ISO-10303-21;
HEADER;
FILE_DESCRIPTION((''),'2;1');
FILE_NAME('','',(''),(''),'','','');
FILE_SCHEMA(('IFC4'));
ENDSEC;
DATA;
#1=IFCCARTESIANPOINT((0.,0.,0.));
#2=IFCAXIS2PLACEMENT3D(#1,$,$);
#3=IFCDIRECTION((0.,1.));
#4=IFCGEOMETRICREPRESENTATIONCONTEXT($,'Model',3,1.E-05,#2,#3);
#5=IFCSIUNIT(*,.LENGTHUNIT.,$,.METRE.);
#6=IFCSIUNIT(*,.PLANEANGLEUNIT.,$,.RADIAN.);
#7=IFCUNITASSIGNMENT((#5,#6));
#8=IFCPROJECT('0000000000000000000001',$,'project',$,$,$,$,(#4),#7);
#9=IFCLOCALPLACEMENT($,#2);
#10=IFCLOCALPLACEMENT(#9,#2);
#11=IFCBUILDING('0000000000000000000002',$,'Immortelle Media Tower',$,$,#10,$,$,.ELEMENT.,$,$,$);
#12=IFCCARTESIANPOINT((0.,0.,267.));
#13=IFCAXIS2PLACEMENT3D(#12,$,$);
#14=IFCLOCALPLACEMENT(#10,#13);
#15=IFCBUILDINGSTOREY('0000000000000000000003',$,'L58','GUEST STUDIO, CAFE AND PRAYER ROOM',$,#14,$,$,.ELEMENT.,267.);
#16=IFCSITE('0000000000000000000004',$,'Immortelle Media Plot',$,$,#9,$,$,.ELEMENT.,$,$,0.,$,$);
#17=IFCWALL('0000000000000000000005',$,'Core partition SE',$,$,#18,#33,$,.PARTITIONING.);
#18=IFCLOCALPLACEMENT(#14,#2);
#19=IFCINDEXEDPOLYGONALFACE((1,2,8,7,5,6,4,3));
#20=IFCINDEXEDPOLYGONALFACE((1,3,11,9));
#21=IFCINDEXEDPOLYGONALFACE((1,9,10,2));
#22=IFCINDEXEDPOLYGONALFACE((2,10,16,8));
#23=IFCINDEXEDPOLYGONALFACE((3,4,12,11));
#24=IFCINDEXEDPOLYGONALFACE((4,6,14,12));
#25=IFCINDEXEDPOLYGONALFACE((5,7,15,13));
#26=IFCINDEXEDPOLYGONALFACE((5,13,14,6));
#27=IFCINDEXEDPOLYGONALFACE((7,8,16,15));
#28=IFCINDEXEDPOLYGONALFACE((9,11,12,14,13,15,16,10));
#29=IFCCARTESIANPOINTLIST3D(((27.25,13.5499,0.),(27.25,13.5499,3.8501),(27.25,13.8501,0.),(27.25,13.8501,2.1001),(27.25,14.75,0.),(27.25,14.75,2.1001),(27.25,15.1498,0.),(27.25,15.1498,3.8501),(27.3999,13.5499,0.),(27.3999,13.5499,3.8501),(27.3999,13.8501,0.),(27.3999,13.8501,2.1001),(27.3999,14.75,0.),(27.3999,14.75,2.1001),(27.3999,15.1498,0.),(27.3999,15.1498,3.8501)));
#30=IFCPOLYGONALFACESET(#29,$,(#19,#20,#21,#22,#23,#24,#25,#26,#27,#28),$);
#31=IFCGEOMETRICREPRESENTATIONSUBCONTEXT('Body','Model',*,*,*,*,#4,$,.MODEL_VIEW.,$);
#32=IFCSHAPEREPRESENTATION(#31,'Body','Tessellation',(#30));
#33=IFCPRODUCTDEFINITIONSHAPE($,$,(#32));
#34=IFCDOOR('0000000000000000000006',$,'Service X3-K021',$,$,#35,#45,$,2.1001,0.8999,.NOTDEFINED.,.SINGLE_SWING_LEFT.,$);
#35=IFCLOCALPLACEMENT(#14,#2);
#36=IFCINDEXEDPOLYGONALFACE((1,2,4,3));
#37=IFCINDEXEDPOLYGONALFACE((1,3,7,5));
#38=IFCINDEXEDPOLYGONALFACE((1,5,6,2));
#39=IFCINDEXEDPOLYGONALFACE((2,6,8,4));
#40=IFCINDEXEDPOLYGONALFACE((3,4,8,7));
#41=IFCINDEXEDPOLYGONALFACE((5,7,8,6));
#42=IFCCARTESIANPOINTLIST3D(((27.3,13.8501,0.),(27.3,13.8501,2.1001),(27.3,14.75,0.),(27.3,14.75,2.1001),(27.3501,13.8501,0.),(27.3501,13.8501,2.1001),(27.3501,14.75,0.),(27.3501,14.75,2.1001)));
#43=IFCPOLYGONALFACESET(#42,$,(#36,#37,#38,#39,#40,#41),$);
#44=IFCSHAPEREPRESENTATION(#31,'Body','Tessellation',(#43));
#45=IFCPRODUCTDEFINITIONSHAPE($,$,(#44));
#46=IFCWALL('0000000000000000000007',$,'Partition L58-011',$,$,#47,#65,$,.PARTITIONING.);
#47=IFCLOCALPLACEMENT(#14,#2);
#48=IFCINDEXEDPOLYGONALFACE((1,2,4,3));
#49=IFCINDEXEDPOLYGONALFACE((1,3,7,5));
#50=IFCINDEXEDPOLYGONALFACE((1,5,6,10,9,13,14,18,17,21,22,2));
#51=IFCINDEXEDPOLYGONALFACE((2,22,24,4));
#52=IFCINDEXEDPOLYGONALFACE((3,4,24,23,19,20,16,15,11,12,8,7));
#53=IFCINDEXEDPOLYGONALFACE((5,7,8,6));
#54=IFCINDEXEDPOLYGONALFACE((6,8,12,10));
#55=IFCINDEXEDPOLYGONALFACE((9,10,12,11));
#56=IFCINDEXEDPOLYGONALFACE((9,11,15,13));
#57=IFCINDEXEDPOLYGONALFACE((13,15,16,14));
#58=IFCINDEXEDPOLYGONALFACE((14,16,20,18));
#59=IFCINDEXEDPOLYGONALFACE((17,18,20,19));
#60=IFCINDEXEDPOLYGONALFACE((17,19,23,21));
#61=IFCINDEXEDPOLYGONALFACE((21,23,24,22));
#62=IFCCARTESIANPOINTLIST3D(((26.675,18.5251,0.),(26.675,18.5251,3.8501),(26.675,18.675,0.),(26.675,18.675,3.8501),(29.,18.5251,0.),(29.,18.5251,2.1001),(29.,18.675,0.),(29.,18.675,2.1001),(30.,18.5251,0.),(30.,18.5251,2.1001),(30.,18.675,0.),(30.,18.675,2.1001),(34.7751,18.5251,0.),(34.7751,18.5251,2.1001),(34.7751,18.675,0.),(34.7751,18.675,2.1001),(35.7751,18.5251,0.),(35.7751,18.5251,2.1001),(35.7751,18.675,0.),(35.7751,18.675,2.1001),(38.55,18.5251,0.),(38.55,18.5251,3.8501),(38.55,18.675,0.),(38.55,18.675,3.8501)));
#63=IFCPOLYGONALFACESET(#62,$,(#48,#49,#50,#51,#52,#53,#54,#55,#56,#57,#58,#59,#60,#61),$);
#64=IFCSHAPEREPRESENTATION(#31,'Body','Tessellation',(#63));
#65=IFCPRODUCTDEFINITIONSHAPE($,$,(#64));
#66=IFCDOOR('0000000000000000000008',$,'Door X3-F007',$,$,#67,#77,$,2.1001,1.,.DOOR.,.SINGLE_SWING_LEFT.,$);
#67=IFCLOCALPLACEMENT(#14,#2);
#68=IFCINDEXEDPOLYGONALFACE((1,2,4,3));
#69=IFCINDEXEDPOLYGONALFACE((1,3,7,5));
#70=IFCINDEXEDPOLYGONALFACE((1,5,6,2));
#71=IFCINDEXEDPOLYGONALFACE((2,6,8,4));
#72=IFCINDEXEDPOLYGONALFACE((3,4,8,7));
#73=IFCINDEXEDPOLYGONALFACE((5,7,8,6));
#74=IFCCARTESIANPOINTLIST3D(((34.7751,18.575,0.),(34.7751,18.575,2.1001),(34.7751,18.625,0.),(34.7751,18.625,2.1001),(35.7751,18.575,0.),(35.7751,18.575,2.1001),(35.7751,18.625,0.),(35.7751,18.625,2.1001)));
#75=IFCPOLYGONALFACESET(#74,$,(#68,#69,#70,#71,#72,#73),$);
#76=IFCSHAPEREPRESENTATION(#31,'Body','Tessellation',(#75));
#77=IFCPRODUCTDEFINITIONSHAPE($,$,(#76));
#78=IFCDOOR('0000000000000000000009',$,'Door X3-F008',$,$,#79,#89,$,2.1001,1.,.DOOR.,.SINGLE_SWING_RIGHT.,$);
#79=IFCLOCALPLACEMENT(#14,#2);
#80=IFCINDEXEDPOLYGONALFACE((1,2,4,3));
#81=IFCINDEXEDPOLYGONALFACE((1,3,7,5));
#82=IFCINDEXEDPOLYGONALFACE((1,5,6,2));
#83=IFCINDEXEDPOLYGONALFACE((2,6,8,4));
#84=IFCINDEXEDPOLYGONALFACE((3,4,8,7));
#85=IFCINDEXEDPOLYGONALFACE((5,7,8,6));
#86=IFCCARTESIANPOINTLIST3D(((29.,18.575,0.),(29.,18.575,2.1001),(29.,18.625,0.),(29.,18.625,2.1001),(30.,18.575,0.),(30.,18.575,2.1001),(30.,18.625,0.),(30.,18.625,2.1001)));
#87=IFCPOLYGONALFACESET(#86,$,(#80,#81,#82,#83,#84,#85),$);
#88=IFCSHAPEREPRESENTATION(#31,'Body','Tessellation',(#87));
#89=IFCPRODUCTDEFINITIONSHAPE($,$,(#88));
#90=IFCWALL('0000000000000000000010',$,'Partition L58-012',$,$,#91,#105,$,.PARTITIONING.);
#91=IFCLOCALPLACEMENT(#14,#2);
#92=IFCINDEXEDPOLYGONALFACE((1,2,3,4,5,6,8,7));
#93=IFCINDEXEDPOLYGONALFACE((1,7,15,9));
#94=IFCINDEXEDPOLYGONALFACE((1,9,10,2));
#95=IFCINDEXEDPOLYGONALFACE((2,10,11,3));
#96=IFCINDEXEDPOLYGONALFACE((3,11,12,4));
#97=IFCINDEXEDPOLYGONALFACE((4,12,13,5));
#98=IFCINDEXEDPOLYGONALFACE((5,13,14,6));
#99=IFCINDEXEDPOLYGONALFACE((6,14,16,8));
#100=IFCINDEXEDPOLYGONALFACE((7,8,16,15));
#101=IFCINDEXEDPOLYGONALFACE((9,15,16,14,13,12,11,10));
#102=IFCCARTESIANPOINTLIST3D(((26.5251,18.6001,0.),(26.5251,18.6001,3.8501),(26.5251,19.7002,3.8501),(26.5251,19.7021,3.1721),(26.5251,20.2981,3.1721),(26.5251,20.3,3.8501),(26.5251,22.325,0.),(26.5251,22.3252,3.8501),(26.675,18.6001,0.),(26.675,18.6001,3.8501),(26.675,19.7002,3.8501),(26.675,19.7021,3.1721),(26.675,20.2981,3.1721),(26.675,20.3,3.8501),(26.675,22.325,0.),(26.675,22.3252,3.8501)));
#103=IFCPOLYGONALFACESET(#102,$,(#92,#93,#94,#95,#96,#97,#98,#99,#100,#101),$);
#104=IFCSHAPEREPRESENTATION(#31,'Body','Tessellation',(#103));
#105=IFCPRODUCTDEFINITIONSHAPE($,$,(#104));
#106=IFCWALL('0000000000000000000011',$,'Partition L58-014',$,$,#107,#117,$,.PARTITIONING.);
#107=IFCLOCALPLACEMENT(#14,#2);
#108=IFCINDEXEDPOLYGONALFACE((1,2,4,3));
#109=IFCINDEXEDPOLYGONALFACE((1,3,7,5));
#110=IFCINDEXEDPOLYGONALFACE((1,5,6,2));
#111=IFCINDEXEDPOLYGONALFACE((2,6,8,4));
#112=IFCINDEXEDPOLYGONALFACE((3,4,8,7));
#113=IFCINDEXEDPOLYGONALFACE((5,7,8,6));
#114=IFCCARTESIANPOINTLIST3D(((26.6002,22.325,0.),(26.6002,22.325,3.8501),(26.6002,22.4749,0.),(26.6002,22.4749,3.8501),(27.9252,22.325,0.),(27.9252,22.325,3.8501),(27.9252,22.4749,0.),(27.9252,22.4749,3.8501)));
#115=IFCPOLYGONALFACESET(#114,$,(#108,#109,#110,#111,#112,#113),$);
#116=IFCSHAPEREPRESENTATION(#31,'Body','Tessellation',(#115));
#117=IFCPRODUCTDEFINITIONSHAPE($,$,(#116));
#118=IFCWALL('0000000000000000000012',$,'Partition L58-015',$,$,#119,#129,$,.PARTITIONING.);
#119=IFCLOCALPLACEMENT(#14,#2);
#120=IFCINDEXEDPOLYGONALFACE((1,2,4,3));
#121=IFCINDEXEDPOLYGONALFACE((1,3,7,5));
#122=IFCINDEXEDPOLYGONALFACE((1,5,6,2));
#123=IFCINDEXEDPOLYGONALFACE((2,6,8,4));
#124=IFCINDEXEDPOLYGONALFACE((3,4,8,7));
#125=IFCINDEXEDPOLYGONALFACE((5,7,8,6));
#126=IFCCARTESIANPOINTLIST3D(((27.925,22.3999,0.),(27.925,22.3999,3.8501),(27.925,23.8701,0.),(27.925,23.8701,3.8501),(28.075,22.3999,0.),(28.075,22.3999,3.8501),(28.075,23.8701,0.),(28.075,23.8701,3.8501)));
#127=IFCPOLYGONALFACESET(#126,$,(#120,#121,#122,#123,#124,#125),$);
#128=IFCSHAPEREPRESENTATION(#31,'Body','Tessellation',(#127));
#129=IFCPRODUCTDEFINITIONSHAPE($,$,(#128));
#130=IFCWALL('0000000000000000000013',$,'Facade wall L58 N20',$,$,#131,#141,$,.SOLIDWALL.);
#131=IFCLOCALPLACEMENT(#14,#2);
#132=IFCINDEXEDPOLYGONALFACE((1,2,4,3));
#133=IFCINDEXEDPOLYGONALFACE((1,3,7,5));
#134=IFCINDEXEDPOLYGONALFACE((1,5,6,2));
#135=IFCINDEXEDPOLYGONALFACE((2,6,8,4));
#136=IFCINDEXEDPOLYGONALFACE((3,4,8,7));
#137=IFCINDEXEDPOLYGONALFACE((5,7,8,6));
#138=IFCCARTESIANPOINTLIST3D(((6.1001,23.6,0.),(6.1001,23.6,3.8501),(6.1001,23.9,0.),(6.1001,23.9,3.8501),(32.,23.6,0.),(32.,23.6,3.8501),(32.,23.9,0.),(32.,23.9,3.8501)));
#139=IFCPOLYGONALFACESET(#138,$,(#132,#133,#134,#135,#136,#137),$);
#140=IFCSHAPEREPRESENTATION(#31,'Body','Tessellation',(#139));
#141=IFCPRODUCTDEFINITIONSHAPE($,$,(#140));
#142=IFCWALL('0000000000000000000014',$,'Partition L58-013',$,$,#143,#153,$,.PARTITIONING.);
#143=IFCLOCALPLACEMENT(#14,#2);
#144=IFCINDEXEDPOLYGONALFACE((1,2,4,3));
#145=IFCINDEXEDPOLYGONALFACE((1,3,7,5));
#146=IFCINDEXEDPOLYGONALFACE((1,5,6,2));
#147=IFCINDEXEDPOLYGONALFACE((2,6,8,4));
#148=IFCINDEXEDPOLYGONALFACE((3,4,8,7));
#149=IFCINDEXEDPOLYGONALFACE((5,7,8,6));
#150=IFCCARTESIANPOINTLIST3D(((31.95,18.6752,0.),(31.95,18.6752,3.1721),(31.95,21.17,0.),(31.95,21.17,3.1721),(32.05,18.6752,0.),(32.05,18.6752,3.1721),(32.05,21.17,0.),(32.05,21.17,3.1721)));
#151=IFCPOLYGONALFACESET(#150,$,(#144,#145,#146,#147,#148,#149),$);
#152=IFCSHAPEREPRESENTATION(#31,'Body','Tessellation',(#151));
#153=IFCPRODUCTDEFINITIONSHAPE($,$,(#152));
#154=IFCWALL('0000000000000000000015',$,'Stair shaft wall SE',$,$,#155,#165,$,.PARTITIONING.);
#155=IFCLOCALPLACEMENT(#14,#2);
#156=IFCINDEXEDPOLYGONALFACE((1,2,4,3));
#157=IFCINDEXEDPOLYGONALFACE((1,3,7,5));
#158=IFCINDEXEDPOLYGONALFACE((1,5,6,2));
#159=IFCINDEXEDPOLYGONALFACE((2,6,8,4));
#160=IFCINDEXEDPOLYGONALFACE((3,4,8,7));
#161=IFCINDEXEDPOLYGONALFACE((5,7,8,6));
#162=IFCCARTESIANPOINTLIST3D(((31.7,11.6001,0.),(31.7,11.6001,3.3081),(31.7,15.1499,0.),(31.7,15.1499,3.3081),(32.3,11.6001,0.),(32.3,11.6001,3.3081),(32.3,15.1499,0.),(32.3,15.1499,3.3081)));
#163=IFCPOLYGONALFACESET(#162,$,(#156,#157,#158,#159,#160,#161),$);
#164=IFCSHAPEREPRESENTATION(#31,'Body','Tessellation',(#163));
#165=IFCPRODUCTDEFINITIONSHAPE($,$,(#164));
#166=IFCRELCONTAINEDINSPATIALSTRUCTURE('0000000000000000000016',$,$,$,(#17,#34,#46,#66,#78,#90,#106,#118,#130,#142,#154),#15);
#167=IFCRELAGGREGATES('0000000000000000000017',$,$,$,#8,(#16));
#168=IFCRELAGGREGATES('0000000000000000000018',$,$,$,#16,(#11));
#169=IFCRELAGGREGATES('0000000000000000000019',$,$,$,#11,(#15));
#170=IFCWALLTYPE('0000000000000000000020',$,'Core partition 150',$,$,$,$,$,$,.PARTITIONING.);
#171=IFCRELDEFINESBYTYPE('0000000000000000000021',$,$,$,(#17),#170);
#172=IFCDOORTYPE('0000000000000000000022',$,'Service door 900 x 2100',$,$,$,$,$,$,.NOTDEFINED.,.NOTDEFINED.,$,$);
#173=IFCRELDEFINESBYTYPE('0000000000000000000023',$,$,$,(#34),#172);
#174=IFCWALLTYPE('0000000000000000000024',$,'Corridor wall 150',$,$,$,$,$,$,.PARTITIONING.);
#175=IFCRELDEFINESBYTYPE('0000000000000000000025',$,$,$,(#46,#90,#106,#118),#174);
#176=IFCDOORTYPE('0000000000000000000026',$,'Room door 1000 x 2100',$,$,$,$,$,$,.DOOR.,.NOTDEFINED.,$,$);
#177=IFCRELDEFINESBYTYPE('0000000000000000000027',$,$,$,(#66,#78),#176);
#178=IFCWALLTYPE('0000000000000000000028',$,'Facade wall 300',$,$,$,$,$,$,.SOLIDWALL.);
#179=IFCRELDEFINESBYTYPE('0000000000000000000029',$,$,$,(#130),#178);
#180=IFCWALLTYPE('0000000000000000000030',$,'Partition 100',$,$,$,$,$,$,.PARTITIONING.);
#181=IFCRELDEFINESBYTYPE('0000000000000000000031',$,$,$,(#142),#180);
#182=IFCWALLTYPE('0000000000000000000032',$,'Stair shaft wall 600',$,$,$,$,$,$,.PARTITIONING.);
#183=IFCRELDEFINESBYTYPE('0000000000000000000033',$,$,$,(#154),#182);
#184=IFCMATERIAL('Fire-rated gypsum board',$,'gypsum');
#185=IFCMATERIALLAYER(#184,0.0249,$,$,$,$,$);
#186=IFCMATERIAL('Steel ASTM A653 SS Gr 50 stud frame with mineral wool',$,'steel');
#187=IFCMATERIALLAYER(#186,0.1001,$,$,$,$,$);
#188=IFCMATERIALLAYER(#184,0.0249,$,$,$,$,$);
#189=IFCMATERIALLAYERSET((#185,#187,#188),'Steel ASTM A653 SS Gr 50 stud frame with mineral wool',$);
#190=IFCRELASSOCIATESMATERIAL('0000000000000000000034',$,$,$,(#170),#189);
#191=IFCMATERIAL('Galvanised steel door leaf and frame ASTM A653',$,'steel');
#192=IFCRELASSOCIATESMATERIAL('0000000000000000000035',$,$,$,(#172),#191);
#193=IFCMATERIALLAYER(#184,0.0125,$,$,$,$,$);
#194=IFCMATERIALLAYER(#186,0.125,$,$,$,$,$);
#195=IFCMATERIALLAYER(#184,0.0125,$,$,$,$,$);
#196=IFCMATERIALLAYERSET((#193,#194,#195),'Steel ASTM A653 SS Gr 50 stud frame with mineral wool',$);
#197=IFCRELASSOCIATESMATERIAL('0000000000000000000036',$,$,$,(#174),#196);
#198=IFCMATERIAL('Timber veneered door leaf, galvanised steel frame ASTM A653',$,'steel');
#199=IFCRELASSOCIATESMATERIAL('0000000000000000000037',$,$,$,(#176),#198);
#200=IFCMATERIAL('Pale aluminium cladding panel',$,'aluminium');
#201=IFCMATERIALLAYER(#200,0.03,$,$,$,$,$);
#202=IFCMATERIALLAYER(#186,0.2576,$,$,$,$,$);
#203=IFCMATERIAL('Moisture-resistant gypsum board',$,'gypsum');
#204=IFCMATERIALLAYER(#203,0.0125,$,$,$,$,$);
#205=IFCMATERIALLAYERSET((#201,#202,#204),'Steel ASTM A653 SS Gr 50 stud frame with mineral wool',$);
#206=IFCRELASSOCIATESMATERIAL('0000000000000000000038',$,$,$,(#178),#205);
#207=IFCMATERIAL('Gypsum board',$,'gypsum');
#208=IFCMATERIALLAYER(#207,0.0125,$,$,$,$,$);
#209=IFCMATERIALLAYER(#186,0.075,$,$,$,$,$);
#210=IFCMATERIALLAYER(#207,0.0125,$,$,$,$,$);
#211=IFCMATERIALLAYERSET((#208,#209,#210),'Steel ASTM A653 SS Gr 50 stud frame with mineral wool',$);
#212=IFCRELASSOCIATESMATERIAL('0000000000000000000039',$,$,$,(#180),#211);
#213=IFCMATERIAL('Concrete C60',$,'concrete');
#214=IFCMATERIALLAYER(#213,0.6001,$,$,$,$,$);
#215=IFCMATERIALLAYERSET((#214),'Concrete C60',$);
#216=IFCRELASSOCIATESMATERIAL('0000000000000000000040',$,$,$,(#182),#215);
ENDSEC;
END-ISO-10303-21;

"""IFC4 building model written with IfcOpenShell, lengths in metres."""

from ifc_helpers import new_model, si_unit, direction, frame, frame_2d, origin, place, context, subcontext, project, spatial, polyline, rectangle, outline, extrude, material, layer, layer_set, type_object, element, fill, save


model = new_model("IFC4")

# Units and contexts
model_context = context("Model", 3, precision=1e-05, world=origin(), true_north=direction((0.0, 1.0)))
body_context = subcontext(model_context, "Body", "Model", "MODEL_VIEW")
ifc_project = project(units=[si_unit("LENGTHUNIT", "METRE"), si_unit("PLANEANGLEUNIT", "RADIAN")], contexts=[model_context])

# Site, building, storey
site_placement = place(None, origin())
site = spatial("IfcSite", under=ifc_project, at=site_placement, Name="Immortelle Media Plot", CompositionType="ELEMENT", RefElevation=0.0)
building_placement = place(site_placement, origin())
building = spatial("IfcBuilding", under=site, at=building_placement, Name="Immortelle Media Tower", CompositionType="ELEMENT")
storey_placement = place(building_placement, frame((0.0, 0.0, 267.0)))
storey = spatial("IfcBuildingStorey", under=building, at=storey_placement, Name="L58", Description="GUEST STUDIO, CAFE AND PRAYER ROOM", CompositionType="ELEMENT", Elevation=267.0)

# Shared definitions
ifc_material_1 = material(Name="Fire-rated gypsum board", Category="gypsum")
ifc_layer_1 = layer(ifc_material_1, 0.0249)
ifc_material_2 = material(Name="Steel ASTM A653 SS Gr 50 stud frame with mineral wool", Category="steel")
ifc_layer_2 = layer(ifc_material_2, 0.1001)
ifc_layer_3 = layer(ifc_material_1, 0.0249)
ifc_layer_set_1 = layer_set([ifc_layer_1, ifc_layer_2, ifc_layer_3], Name="Steel ASTM A653 SS Gr 50 stud frame with mineral wool")
wall_type_1 = type_object("IfcWallType", Name="Core partition 150", PredefinedType="PARTITIONING", material=ifc_layer_set_1)

# Wall, opening, door
wall_1_placement = place(storey_placement, frame((27.325, 13.55, 0.0), z_axis=(0.0, 0.0, 1.0), x_axis=(0.0, 1.0, 0.0)))
wall_1 = element("IfcWall", 1, at=wall_1_placement, inside=storey, type_object=wall_type_1, Name="Core partition SE", PredefinedType="PARTITIONING", context=body_context, shape_type="SweptSolid", body=[
    extrude(rectangle(XDim=1.5999, YDim=0.1499, at=frame_2d((0.7998, 0.0))), origin(), (0.0, 0.0, 1.0), 3.8501),
])
opening_1_placement = place(wall_1_placement, frame((0.3, 0.0, 0.0)))
opening_1 = element("IfcOpeningElement", 2, at=opening_1_placement, cuts=wall_1, PredefinedType="OPENING", context=body_context, shape_type="SweptSolid", body=[
    extrude(rectangle(XDim=0.8999, YDim=2.1001, at=frame_2d((0.45, 1.05))), frame((0.0, 0.085, 0.0), z_axis=(0.0, -1.0, 0.0), x_axis=(1.0, 0.0, 0.0)), (0.0, 0.0, 1.0), 0.1699),
])
ifc_material_3 = material(Name="Galvanised steel door leaf and frame ASTM A653", Category="steel")
door_type_1 = type_object("IfcDoorType", Name="Service door 900 x 2100", OperationType="NOTDEFINED", PredefinedType="NOTDEFINED", material=ifc_material_3)
door_1_placement = place(opening_1_placement, origin())
door_1 = element("IfcDoor", 3, at=door_1_placement, inside=storey, type_object=door_type_1, Name="Service X3-K021", OperationType="SINGLE_SWING_LEFT", OverallHeight=2.1001, OverallWidth=0.8999, PredefinedType="NOTDEFINED", context=body_context, shape_type="SweptSolid", body=[
    extrude(rectangle(XDim=0.8999, YDim=2.1001, at=frame_2d((0.45, 1.05))), frame((0.0, 0.0249, 0.0), z_axis=(0.0, -1.0, 0.0), x_axis=(1.0, 0.0, 0.0)), (0.0, 0.0, 1.0), 0.05),
])
fill(opening_1, door_1)

# Wall, openings, doors
ifc_layer_4 = layer(ifc_material_1, 0.0125)
ifc_layer_5 = layer(ifc_material_2, 0.125)
ifc_layer_6 = layer(ifc_material_1, 0.0125)
ifc_layer_set_2 = layer_set([ifc_layer_4, ifc_layer_5, ifc_layer_6], Name="Steel ASTM A653 SS Gr 50 stud frame with mineral wool")
wall_type_2 = type_object("IfcWallType", Name="Corridor wall 150", PredefinedType="PARTITIONING", material=ifc_layer_set_2)
wall_2_placement = place(storey_placement, frame((26.675, 18.6001, 0.0), z_axis=(0.0, 0.0, 1.0), x_axis=(1.0, 0.0, 0.0)))
wall_2 = element("IfcWall", 4, at=wall_2_placement, inside=storey, type_object=wall_type_2, Name="Partition L58-011", PredefinedType="PARTITIONING", context=body_context, shape_type="SweptSolid", body=[
    extrude(rectangle(XDim=11.875, YDim=0.1499, at=frame_2d((5.9375, 0.0))), origin(), (0.0, 0.0, 1.0), 3.8501),
])
opening_2_placement = place(wall_2_placement, frame((8.1001, 0.0, 0.0)))
opening_2 = element("IfcOpeningElement", 5, at=opening_2_placement, cuts=wall_2, PredefinedType="OPENING", context=body_context, shape_type="SweptSolid", body=[
    extrude(rectangle(XDim=1.0, YDim=2.1001, at=frame_2d((0.5, 1.05))), frame((0.0, 0.085, 0.0), z_axis=(0.0, -1.0, 0.0), x_axis=(1.0, 0.0, 0.0)), (0.0, 0.0, 1.0), 0.1699),
])
opening_3_placement = place(wall_2_placement, frame((2.325, 0.0, 0.0)))
opening_3 = element("IfcOpeningElement", 6, at=opening_3_placement, cuts=wall_2, PredefinedType="OPENING", context=body_context, shape_type="SweptSolid", body=[
    extrude(rectangle(XDim=1.0, YDim=2.1001, at=frame_2d((0.5, 1.05))), frame((0.0, 0.085, 0.0), z_axis=(0.0, -1.0, 0.0), x_axis=(1.0, 0.0, 0.0)), (0.0, 0.0, 1.0), 0.1699),
])
ifc_material_4 = material(Name="Timber veneered door leaf, galvanised steel frame ASTM A653", Category="steel")
door_type_2 = type_object("IfcDoorType", Name="Room door 1000 x 2100", OperationType="NOTDEFINED", PredefinedType="DOOR", material=ifc_material_4)
door_2_placement = place(opening_2_placement, origin())
door_2 = element("IfcDoor", 7, at=door_2_placement, inside=storey, type_object=door_type_2, Name="Door X3-F007", OperationType="SINGLE_SWING_LEFT", OverallHeight=2.1001, OverallWidth=1.0, PredefinedType="DOOR", context=body_context, shape_type="SweptSolid", body=[
    extrude(rectangle(XDim=1.0, YDim=2.1001, at=frame_2d((0.5, 1.05))), frame((0.0, 0.0249, 0.0), z_axis=(0.0, -1.0, 0.0), x_axis=(1.0, 0.0, 0.0)), (0.0, 0.0, 1.0), 0.05),
])
fill(opening_2, door_2)
door_3_placement = place(opening_3_placement, origin())
door_3 = element("IfcDoor", 8, at=door_3_placement, inside=storey, type_object=door_type_2, Name="Door X3-F008", OperationType="SINGLE_SWING_RIGHT", OverallHeight=2.1001, OverallWidth=1.0, PredefinedType="DOOR", context=body_context, shape_type="SweptSolid", body=[
    extrude(rectangle(XDim=1.0, YDim=2.1001, at=frame_2d((0.5, 1.05))), frame((0.0, 0.0249, 0.0), z_axis=(0.0, -1.0, 0.0), x_axis=(1.0, 0.0, 0.0)), (0.0, 0.0, 1.0), 0.05),
])
fill(opening_3, door_3)

# Walls
wall_3_placement = place(storey_placement, frame((26.6001, 18.6001, 0.0), z_axis=(0.0, 0.0, 1.0), x_axis=(0.0, 1.0, 0.0)))
element("IfcWall", 9, at=wall_3_placement, inside=storey, type_object=wall_type_2, Name="Partition L58-012", PredefinedType="PARTITIONING", context=body_context, shape_type="SweptSolid", body=[
    extrude(outline(polyline([(0.0, 0.0), (3.7249, 0.0), (3.7251, 3.8501), (1.7, 3.8501), (1.698, 3.1721), (1.1021, 3.1721), (1.1001, 3.8501), (0.0, 3.8501), (0.0, 0.0)])), frame((0.0, 0.075, 0.0), z_axis=(0.0, -1.0, 0.0), x_axis=(1.0, 0.0, 0.0)), (0.0, 0.0, 1.0), 0.1499),
])
wall_4_placement = place(storey_placement, frame((26.6001, 22.3999, 0.0), z_axis=(0.0, 0.0, 1.0), x_axis=(1.0, 0.0, 0.0)))
element("IfcWall", 10, at=wall_4_placement, inside=storey, type_object=wall_type_2, Name="Partition L58-014", PredefinedType="PARTITIONING", context=body_context, shape_type="SweptSolid", body=[
    extrude(rectangle(XDim=1.325, YDim=0.1499, at=frame_2d((0.6626, 0.0))), origin(), (0.0, 0.0, 1.0), 3.8501),
])
wall_5_placement = place(storey_placement, frame((28.0, 22.3999, 0.0), z_axis=(0.0, 0.0, 1.0), x_axis=(0.0, 1.0, 0.0)))
element("IfcWall", 11, at=wall_5_placement, inside=storey, type_object=wall_type_2, Name="Partition L58-015", PredefinedType="PARTITIONING", context=body_context, shape_type="SweptSolid", body=[
    extrude(rectangle(XDim=1.4702, YDim=0.1499, at=frame_2d((0.7351, 0.0))), origin(), (0.0, 0.0, 1.0), 3.8501),
])
ifc_material_5 = material(Name="Pale aluminium cladding panel", Category="aluminium")
ifc_layer_7 = layer(ifc_material_5, 0.03)
ifc_layer_8 = layer(ifc_material_2, 0.2576)
ifc_material_6 = material(Name="Moisture-resistant gypsum board", Category="gypsum")
ifc_layer_9 = layer(ifc_material_6, 0.0125)
ifc_layer_set_3 = layer_set([ifc_layer_7, ifc_layer_8, ifc_layer_9], Name="Steel ASTM A653 SS Gr 50 stud frame with mineral wool")
wall_type_3 = type_object("IfcWallType", Name="Facade wall 300", PredefinedType="SOLIDWALL", material=ifc_layer_set_3)
wall_6_placement = place(storey_placement, frame((32.0, 23.75, 0.0), z_axis=(0.0, 0.0, 1.0), x_axis=(-1.0, 0.0, 0.0)))
element("IfcWall", 12, at=wall_6_placement, inside=storey, type_object=wall_type_3, Name="Facade wall L58 N20", PredefinedType="SOLIDWALL", context=body_context, shape_type="SweptSolid", body=[
    extrude(rectangle(XDim=25.8999, YDim=0.3, at=frame_2d((12.95, 0.0))), origin(), (0.0, 0.0, 1.0), 3.8501),
])
ifc_material_7 = material(Name="Gypsum board", Category="gypsum")
ifc_layer_10 = layer(ifc_material_7, 0.0125)
ifc_layer_11 = layer(ifc_material_2, 0.075)
ifc_layer_12 = layer(ifc_material_7, 0.0125)
ifc_layer_set_4 = layer_set([ifc_layer_10, ifc_layer_11, ifc_layer_12], Name="Steel ASTM A653 SS Gr 50 stud frame with mineral wool")
wall_type_4 = type_object("IfcWallType", Name="Partition 100", PredefinedType="PARTITIONING", material=ifc_layer_set_4)
wall_7_placement = place(storey_placement, frame((32.0, 18.675, 0.0), z_axis=(0.0, 0.0, 1.0), x_axis=(0.0, 1.0, 0.0)))
element("IfcWall", 13, at=wall_7_placement, inside=storey, type_object=wall_type_4, Name="Partition L58-013", PredefinedType="PARTITIONING", context=body_context, shape_type="SweptSolid", body=[
    extrude(rectangle(XDim=2.4949, YDim=0.1001, at=frame_2d((1.2476, 0.0))), origin(), (0.0, 0.0, 1.0), 3.1721),
])
ifc_material_8 = material(Name="Concrete C60", Category="concrete")
ifc_layer_13 = layer(ifc_material_8, 0.6001)
ifc_layer_set_5 = layer_set([ifc_layer_13], Name="Concrete C60")
wall_type_5 = type_object("IfcWallType", Name="Stair shaft wall 600", PredefinedType="PARTITIONING", material=ifc_layer_set_5)
wall_8_placement = place(storey_placement, frame((32.0, 11.6001, 0.0), z_axis=(0.0, 0.0, 1.0), x_axis=(0.0, 1.0, 0.0)))
element("IfcWall", 14, at=wall_8_placement, inside=storey, type_object=wall_type_5, Name="Stair shaft wall SE", PredefinedType="PARTITIONING", context=body_context, shape_type="SweptSolid", body=[
    extrude(rectangle(XDim=3.5498, YDim=0.6001, at=frame_2d((1.7749, 0.0))), origin(), (0.0, 0.0, 1.0), 3.3081),
])

save(model, "model.ifc")
